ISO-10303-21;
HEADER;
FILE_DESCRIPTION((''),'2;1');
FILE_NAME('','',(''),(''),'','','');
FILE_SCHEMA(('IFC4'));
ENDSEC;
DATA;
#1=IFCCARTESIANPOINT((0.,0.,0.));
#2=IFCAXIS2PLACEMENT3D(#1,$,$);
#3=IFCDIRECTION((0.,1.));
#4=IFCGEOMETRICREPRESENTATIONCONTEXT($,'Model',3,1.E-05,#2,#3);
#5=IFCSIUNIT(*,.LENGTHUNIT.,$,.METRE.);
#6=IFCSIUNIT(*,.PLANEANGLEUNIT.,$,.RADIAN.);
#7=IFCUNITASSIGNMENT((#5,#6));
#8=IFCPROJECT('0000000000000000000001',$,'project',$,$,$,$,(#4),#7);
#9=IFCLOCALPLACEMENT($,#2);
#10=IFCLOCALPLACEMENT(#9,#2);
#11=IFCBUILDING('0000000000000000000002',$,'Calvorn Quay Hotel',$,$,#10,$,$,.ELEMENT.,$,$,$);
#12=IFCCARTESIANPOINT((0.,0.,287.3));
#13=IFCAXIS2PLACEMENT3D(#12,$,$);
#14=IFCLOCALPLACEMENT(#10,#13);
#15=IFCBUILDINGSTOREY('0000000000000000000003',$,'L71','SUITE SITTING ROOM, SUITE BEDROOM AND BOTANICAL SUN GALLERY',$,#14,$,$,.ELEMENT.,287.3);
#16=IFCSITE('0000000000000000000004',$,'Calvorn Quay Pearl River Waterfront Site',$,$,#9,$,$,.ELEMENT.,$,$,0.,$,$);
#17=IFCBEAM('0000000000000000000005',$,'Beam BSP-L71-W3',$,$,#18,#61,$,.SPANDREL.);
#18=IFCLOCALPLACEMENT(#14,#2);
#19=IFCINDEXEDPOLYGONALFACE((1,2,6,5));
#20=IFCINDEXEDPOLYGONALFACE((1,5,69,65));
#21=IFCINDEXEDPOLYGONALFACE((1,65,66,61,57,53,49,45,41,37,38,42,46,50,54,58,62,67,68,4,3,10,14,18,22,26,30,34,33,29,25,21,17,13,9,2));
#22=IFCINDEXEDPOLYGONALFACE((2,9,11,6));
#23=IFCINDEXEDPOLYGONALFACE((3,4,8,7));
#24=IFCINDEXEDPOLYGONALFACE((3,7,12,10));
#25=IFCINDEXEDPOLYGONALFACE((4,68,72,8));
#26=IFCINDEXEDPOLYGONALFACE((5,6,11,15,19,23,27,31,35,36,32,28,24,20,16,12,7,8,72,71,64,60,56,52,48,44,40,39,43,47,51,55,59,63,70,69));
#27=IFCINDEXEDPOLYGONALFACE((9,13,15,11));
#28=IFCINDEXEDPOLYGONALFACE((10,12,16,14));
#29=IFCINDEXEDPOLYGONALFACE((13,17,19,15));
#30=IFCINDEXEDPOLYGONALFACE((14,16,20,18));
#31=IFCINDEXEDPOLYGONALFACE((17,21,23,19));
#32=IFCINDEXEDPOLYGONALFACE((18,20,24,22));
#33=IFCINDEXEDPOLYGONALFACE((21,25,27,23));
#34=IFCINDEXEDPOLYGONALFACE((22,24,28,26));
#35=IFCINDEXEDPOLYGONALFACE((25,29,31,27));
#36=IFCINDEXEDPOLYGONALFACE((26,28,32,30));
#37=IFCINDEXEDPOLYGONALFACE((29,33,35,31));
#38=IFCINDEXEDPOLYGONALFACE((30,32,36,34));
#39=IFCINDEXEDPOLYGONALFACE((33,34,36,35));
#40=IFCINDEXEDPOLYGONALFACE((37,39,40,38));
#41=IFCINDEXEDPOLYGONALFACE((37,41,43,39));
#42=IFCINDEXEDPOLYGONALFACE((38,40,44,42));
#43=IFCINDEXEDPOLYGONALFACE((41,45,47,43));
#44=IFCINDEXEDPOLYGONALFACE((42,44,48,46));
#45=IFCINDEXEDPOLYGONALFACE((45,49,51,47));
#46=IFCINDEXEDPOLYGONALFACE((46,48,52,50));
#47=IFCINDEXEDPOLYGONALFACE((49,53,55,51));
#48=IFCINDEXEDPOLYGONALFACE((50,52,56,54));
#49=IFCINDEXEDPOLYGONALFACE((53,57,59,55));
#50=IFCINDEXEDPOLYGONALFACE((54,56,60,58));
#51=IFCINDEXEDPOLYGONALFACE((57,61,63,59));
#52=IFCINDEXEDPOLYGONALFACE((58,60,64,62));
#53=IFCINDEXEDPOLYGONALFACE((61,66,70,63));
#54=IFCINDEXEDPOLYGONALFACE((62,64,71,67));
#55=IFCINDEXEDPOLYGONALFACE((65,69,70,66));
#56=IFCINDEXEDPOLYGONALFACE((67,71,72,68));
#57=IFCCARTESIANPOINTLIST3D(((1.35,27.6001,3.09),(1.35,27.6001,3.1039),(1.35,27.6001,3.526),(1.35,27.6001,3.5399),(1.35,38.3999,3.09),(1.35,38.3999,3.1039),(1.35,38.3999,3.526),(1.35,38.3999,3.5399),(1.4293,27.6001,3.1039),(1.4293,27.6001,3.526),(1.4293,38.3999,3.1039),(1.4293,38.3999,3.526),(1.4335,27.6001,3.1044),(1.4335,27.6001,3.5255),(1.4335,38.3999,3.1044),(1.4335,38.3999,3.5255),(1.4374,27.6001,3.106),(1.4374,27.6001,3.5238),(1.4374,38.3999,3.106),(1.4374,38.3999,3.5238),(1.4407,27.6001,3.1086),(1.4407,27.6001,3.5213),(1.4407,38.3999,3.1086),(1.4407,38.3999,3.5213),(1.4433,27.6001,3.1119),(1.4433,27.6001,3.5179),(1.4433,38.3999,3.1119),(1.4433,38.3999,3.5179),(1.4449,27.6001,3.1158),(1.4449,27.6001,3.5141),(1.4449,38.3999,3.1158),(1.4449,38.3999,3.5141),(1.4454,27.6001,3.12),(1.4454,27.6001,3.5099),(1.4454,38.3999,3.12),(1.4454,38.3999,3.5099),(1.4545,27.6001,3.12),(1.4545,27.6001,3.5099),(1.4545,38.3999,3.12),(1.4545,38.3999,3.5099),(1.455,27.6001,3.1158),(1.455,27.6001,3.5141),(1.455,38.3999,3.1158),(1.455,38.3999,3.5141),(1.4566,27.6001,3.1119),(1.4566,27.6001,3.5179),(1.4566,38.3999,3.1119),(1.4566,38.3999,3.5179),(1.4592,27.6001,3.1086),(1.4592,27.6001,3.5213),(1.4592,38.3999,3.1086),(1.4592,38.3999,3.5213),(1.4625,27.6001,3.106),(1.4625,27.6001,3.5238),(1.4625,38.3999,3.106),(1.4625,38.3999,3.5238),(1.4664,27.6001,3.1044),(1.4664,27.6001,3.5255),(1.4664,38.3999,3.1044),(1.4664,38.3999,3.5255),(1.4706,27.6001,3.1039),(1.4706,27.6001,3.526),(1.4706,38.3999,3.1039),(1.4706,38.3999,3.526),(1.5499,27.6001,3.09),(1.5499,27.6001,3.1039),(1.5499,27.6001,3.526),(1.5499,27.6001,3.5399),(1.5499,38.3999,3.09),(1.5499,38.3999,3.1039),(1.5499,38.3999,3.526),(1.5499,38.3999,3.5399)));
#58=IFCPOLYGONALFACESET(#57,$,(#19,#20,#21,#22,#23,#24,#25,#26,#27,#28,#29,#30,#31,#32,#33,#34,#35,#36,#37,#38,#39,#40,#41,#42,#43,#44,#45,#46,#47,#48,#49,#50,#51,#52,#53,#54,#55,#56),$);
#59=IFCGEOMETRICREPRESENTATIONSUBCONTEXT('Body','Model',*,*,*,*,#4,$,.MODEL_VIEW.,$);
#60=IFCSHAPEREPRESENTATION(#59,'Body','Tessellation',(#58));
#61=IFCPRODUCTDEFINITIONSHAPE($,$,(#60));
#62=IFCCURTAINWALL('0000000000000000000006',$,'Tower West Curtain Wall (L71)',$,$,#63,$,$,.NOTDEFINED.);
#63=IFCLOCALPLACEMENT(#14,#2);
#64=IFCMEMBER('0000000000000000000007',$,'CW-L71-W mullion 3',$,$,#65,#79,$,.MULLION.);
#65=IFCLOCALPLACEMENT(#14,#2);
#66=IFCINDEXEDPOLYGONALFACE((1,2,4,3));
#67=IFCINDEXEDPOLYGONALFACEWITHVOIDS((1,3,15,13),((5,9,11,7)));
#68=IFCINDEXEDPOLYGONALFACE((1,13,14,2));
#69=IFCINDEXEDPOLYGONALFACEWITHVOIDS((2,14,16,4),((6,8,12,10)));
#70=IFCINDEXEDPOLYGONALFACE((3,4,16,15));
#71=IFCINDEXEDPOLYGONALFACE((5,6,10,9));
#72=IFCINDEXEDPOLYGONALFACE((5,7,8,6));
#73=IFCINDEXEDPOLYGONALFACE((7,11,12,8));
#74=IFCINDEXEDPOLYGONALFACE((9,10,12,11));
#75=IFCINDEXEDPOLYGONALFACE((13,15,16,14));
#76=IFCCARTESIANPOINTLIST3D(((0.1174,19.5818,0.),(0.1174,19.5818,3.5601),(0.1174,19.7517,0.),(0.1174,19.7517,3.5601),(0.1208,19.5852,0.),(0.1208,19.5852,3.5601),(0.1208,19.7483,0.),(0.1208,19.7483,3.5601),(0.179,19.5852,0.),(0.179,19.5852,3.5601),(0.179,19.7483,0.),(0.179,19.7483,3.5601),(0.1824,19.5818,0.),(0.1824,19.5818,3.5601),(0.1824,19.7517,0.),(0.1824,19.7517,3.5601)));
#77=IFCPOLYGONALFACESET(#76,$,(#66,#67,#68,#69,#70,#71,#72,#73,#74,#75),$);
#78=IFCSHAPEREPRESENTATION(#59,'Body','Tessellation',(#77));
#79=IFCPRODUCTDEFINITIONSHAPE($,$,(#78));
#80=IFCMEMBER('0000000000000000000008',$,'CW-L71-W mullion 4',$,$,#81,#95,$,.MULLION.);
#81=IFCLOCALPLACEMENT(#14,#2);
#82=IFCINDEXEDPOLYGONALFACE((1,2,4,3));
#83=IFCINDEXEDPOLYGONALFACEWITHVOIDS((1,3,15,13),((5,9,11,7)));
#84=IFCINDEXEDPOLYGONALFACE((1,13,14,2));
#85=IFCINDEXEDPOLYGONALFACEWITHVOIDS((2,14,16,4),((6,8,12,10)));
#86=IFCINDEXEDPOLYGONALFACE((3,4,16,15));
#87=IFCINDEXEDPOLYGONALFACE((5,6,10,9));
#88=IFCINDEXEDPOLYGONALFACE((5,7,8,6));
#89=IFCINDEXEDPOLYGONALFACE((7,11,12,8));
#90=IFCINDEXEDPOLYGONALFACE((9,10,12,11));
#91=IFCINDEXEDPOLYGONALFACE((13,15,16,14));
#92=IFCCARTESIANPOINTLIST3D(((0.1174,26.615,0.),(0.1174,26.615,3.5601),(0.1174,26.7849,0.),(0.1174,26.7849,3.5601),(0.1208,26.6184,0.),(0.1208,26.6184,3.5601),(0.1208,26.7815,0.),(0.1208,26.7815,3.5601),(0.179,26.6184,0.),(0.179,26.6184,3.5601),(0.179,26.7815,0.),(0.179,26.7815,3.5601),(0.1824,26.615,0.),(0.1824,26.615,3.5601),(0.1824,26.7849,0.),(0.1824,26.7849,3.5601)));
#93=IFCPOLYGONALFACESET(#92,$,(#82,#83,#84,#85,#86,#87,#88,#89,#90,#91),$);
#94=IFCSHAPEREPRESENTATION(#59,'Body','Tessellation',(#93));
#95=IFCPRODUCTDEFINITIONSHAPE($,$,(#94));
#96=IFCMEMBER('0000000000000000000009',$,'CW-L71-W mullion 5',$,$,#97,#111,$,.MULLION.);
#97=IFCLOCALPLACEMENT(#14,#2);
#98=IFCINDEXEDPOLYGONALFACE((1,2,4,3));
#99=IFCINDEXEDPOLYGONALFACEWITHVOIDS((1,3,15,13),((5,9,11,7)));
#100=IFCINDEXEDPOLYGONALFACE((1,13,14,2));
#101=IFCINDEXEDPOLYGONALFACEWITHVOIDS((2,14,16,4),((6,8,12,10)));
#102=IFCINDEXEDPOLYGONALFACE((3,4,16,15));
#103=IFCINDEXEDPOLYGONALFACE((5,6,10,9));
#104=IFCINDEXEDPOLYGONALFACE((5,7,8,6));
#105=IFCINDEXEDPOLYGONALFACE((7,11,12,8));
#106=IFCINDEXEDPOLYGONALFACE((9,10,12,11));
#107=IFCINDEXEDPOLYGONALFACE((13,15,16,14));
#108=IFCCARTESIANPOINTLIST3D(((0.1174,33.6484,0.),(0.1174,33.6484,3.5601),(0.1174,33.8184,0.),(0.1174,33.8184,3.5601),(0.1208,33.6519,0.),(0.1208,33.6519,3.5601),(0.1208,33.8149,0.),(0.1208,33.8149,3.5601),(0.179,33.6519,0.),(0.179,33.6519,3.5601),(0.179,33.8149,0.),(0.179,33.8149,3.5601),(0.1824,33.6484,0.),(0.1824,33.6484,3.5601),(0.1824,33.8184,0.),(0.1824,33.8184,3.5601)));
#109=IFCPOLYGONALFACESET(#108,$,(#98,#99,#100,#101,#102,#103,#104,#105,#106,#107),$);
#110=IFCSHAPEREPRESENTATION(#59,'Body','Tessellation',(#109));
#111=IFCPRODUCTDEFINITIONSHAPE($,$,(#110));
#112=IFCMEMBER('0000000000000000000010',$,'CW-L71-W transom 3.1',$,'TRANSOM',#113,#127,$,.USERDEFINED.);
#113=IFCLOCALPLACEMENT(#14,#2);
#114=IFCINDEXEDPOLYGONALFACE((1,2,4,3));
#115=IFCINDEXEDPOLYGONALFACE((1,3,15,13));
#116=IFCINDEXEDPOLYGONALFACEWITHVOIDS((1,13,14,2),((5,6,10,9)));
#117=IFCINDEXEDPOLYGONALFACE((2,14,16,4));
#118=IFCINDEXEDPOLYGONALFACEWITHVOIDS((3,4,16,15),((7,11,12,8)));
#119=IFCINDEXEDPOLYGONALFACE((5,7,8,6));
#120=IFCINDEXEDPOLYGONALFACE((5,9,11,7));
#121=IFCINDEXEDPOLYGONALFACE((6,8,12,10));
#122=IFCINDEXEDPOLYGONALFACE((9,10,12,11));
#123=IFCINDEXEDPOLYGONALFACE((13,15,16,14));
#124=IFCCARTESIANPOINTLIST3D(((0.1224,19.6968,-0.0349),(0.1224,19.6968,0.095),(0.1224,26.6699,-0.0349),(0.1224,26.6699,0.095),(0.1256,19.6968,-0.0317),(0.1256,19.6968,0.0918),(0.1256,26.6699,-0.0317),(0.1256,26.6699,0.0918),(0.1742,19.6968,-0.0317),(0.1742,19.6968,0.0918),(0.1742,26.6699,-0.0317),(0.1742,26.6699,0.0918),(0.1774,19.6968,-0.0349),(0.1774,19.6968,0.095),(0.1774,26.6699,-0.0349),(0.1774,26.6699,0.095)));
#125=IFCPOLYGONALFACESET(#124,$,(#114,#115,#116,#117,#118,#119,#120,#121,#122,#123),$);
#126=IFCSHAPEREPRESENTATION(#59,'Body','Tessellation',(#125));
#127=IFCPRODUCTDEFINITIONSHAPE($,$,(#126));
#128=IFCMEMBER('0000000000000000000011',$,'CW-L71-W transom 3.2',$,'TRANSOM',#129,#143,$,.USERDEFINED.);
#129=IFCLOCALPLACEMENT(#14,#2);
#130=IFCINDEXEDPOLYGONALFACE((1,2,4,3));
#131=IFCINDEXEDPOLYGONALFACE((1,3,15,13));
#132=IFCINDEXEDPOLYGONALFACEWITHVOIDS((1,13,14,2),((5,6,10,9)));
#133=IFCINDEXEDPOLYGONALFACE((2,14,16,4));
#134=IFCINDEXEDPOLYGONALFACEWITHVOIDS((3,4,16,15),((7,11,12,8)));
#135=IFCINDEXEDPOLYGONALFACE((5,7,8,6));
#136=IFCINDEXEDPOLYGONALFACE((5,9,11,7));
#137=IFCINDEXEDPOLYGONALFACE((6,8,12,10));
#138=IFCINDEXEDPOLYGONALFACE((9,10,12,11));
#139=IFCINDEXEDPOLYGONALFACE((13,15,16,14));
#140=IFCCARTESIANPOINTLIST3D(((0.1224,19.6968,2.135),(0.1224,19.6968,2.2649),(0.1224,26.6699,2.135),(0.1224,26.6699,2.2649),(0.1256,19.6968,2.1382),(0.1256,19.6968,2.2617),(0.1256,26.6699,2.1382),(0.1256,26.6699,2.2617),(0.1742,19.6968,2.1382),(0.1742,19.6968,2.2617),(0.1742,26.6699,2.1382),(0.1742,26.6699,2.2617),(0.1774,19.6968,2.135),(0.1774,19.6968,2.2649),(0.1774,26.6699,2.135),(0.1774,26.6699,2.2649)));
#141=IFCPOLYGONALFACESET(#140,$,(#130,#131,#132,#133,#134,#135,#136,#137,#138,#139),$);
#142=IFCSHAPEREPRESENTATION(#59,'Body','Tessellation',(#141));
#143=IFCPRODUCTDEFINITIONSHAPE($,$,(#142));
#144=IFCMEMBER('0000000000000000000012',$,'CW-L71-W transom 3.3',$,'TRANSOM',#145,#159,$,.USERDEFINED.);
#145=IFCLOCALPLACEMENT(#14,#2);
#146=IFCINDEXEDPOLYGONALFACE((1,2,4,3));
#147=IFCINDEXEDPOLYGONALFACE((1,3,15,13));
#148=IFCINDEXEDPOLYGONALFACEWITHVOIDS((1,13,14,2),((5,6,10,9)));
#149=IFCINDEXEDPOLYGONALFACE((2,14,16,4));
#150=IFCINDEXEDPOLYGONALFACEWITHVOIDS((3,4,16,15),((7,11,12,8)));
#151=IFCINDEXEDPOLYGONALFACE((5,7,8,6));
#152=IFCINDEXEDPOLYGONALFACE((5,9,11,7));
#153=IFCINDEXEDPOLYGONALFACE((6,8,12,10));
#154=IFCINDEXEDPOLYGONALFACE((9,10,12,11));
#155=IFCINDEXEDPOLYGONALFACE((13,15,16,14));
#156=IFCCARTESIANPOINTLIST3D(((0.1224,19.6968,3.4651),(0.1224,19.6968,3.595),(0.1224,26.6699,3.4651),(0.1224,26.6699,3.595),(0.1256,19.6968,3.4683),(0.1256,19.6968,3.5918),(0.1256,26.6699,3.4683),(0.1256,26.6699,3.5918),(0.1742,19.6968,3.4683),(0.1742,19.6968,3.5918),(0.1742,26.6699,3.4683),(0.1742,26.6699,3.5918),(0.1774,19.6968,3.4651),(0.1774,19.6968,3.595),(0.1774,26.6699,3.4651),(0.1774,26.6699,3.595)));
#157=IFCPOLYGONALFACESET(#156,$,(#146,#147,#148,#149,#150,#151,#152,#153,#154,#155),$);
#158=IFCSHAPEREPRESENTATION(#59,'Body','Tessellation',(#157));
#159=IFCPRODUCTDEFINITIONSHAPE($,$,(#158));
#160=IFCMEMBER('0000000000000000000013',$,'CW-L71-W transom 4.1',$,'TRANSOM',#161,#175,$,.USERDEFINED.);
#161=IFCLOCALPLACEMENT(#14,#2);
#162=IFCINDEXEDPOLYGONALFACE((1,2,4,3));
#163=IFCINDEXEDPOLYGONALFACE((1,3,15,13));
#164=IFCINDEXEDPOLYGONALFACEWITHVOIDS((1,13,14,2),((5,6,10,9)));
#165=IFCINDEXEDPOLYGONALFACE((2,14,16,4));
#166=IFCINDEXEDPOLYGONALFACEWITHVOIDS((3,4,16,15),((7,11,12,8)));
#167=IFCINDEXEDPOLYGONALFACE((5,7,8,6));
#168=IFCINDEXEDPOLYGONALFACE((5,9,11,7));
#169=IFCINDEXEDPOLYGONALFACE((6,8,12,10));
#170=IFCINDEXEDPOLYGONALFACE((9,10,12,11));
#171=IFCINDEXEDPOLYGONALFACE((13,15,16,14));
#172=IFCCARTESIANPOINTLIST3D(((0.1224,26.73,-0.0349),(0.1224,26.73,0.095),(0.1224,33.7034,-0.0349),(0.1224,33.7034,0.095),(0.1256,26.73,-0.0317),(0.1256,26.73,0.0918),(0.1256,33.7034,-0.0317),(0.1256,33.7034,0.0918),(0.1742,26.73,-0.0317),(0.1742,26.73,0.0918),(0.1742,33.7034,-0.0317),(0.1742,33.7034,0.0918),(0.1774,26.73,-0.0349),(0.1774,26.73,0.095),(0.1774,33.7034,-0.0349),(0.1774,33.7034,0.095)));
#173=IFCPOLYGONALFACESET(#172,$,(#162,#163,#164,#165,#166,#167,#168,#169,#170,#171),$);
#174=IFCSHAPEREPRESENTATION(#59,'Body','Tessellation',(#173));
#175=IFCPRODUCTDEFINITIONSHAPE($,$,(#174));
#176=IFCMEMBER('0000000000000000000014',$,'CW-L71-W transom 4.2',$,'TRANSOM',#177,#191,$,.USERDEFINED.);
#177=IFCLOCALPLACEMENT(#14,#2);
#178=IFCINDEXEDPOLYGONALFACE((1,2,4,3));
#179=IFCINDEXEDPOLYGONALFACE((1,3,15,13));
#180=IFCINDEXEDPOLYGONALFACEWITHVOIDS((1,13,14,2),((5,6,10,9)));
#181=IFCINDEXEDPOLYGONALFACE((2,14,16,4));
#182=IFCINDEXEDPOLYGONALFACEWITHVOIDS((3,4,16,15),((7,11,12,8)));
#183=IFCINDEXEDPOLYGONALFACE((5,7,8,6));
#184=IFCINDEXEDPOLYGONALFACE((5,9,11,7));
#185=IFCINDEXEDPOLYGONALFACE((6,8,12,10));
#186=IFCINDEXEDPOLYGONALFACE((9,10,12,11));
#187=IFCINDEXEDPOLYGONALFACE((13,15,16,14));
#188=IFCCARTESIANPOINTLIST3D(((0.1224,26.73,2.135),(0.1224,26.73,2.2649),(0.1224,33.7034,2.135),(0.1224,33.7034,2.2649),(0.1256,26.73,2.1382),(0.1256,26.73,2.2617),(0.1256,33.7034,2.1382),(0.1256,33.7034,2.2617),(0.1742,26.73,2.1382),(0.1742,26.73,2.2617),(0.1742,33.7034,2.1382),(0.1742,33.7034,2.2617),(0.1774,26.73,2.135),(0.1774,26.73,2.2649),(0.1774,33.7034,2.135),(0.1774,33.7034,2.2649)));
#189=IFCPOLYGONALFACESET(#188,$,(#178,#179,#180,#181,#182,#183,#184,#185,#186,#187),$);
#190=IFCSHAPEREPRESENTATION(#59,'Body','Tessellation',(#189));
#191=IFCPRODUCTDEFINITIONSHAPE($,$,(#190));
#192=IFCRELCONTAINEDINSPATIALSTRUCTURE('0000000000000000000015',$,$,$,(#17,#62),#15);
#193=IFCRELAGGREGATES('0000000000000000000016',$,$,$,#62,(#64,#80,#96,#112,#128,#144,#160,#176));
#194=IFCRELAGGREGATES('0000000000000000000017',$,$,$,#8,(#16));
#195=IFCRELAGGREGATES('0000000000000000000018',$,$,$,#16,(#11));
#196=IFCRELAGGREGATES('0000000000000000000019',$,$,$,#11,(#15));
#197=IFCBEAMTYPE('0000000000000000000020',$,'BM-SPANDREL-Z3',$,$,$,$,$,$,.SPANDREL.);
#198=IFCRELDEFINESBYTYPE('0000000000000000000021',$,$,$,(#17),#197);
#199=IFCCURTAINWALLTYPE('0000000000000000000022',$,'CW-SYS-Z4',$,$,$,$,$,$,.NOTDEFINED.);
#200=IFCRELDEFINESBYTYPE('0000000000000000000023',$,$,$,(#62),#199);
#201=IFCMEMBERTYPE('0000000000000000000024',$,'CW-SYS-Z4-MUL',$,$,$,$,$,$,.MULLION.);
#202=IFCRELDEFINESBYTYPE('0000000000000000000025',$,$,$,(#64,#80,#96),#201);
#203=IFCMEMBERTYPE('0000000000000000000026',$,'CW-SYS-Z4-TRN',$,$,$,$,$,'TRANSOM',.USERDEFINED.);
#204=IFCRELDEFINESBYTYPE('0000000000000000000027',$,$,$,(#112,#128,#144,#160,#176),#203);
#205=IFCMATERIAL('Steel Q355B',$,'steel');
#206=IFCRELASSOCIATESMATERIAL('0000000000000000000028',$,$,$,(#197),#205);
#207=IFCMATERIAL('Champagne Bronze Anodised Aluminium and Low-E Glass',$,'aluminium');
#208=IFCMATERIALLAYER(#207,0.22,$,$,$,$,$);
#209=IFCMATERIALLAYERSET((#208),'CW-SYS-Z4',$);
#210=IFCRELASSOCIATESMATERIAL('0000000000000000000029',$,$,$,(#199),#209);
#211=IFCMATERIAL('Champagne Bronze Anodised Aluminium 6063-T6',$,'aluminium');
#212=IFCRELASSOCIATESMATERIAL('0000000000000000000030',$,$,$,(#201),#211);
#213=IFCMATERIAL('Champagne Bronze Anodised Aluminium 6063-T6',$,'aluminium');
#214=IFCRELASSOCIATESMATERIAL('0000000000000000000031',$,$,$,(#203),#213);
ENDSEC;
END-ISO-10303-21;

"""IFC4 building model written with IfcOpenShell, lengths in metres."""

from ifc_helpers import new_model, si_unit, direction, frame, origin, origin_2d, place, context, subcontext, project, spatial, hollow_rectangle, i_section, extrude, material, layer, layer_set, material_profile, profile_set, type_object, element, aggregate, save


model = new_model("IFC4")

# Units and contexts
model_context = context("Model", 3, precision=1e-05, world=origin(), true_north=direction((0.0, 1.0)))
body_context = subcontext(model_context, "Body", "Model", "MODEL_VIEW")
ifc_project = project(units=[si_unit("LENGTHUNIT", "METRE"), si_unit("PLANEANGLEUNIT", "RADIAN")], contexts=[model_context])

# Site, building, storey
site_placement = place(None, origin())
site = spatial("IfcSite", under=ifc_project, at=site_placement, Name="Calvorn Quay Pearl River Waterfront Site", CompositionType="ELEMENT", RefElevation=0.0)
building_placement = place(site_placement, origin())
building = spatial("IfcBuilding", under=site, at=building_placement, Name="Calvorn Quay Hotel", CompositionType="ELEMENT")
storey_placement = place(building_placement, frame((0.0, 0.0, 287.3)))
storey = spatial("IfcBuildingStorey", under=building, at=storey_placement, Name="L71", Description="SUITE SITTING ROOM, SUITE BEDROOM AND BOTANICAL SUN GALLERY", CompositionType="ELEMENT", Elevation=287.3)

# Beam
ifc_material_1 = material(Name="Steel Q355B", Category="steel")
ifc_material_profile_1 = material_profile(ifc_material_1, i_section(OverallWidth=0.2, OverallDepth=0.45, WebThickness=0.009, FlangeThickness=0.0139, FilletRadius=0.0161, at=origin_2d()), Name="HN450x200x9x14")
ifc_profile_set_1 = profile_set([ifc_material_profile_1], Name="Steel Q355B")
beam_type_1 = type_object("IfcBeamType", Name="BM-SPANDREL-Z3", PredefinedType="SPANDREL", material=ifc_profile_set_1)
beam_1_placement = place(storey_placement, frame((1.45, 27.6001, 3.3149), z_axis=(0.0, 1.0, 0.0), x_axis=(-1.0, 0.0, 0.0)))
element("IfcBeam", 1, at=beam_1_placement, inside=storey, type_object=beam_type_1, Name="Beam BSP-L71-W3", PredefinedType="SPANDREL", context=body_context, shape_type="SweptSolid", body=[
    extrude(i_section(OverallWidth=0.2, OverallDepth=0.45, WebThickness=0.009, FlangeThickness=0.0139, FilletRadius=0.0161, at=origin_2d()), origin(), (0.0, 0.0, 1.0), 10.7998),
])

# Curtain wall, members
ifc_material_2 = material(Name="Champagne Bronze Anodised Aluminium and Low-E Glass", Category="aluminium")
ifc_layer_1 = layer(ifc_material_2, 0.22)
ifc_layer_set_1 = layer_set([ifc_layer_1], Name="CW-SYS-Z4")
curtain_wall_type = type_object("IfcCurtainWallType", Name="CW-SYS-Z4", PredefinedType="NOTDEFINED", material=ifc_layer_set_1)
curtain_wall_placement = place(storey_placement, origin())
curtain_wall = element("IfcCurtainWall", 2, at=curtain_wall_placement, inside=storey, type_object=curtain_wall_type, Name="Tower West Curtain Wall (L71)", PredefinedType="NOTDEFINED")
ifc_material_3 = material(Name="Champagne Bronze Anodised Aluminium 6063-T6", Category="aluminium")
ifc_material_profile_2 = material_profile(ifc_material_3, hollow_rectangle(XDim=0.0649, YDim=0.1699, WallThickness=0.0034, at=origin_2d()), Name="ALU-M170x65x3.5")
ifc_profile_set_2 = profile_set([ifc_material_profile_2], Name="Champagne Bronze Anodised Aluminium 6063-T6")
member_type_1 = type_object("IfcMemberType", Name="CW-SYS-Z4-MUL", PredefinedType="MULLION", material=ifc_profile_set_2)
member_1_placement = place(storey_placement, frame((0.1499, 19.6667, 0.0), z_axis=(0.0, 0.0, 1.0), x_axis=(-1.0, 0.0, 0.0)))
member_1 = element("IfcMember", 3, at=member_1_placement, type_object=member_type_1, Name="CW-L71-W mullion 3", PredefinedType="MULLION", context=body_context, shape_type="SweptSolid", body=[
    extrude(hollow_rectangle(XDim=0.0649, YDim=0.1699, WallThickness=0.0034, at=origin_2d()), origin(), (0.0, 0.0, 1.0), 3.5601),
])
member_2_placement = place(storey_placement, frame((0.1499, 26.7, 0.0), z_axis=(0.0, 0.0, 1.0), x_axis=(-1.0, 0.0, 0.0)))
member_2 = element("IfcMember", 4, at=member_2_placement, type_object=member_type_1, Name="CW-L71-W mullion 4", PredefinedType="MULLION", context=body_context, shape_type="SweptSolid", body=[
    extrude(hollow_rectangle(XDim=0.0649, YDim=0.1699, WallThickness=0.0034, at=origin_2d()), origin(), (0.0, 0.0, 1.0), 3.5601),
])
member_3_placement = place(storey_placement, frame((0.1499, 33.7334, 0.0), z_axis=(0.0, 0.0, 1.0), x_axis=(-1.0, 0.0, 0.0)))
member_3 = element("IfcMember", 5, at=member_3_placement, type_object=member_type_1, Name="CW-L71-W mullion 5", PredefinedType="MULLION", context=body_context, shape_type="SweptSolid", body=[
    extrude(hollow_rectangle(XDim=0.0649, YDim=0.1699, WallThickness=0.0034, at=origin_2d()), origin(), (0.0, 0.0, 1.0), 3.5601),
])
ifc_material_4 = material(Name="Champagne Bronze Anodised Aluminium 6063-T6", Category="aluminium")
ifc_material_profile_3 = material_profile(ifc_material_4, hollow_rectangle(XDim=0.0549, YDim=0.1299, WallThickness=0.0032, at=origin_2d()), Name="ALU-T130x55x3.2")
ifc_profile_set_3 = profile_set([ifc_material_profile_3], Name="Champagne Bronze Anodised Aluminium 6063-T6")
member_type_2 = type_object("IfcMemberType", Name="CW-SYS-Z4-TRN", ElementType="TRANSOM", PredefinedType="USERDEFINED", material=ifc_profile_set_3)
member_4_placement = place(storey_placement, frame((0.1499, 19.6968, 0.03), z_axis=(0.0, 1.0, 0.0), x_axis=(-1.0, 0.0, 0.0)))
member_4 = element("IfcMember", 6, at=member_4_placement, type_object=member_type_2, Name="CW-L71-W transom 3.1", ObjectType="TRANSOM", PredefinedType="USERDEFINED", context=body_context, shape_type="SweptSolid", body=[
    extrude(hollow_rectangle(XDim=0.0549, YDim=0.1299, WallThickness=0.0032, at=origin_2d()), origin(), (0.0, 0.0, 1.0), 6.9731),
])
member_5_placement = place(storey_placement, frame((0.1499, 19.6968, 2.2), z_axis=(0.0, 1.0, 0.0), x_axis=(-1.0, 0.0, 0.0)))
member_5 = element("IfcMember", 7, at=member_5_placement, type_object=member_type_2, Name="CW-L71-W transom 3.2", ObjectType="TRANSOM", PredefinedType="USERDEFINED", context=body_context, shape_type="SweptSolid", body=[
    extrude(hollow_rectangle(XDim=0.0549, YDim=0.1299, WallThickness=0.0032, at=origin_2d()), origin(), (0.0, 0.0, 1.0), 6.9731),
])
member_6_placement = place(storey_placement, frame((0.1499, 19.6968, 3.53), z_axis=(0.0, 1.0, 0.0), x_axis=(-1.0, 0.0, 0.0)))
member_6 = element("IfcMember", 8, at=member_6_placement, type_object=member_type_2, Name="CW-L71-W transom 3.3", ObjectType="TRANSOM", PredefinedType="USERDEFINED", context=body_context, shape_type="SweptSolid", body=[
    extrude(hollow_rectangle(XDim=0.0549, YDim=0.1299, WallThickness=0.0032, at=origin_2d()), origin(), (0.0, 0.0, 1.0), 6.9731),
])
member_7_placement = place(storey_placement, frame((0.1499, 26.73, 0.03), z_axis=(0.0, 1.0, 0.0), x_axis=(-1.0, 0.0, 0.0)))
member_7 = element("IfcMember", 9, at=member_7_placement, type_object=member_type_2, Name="CW-L71-W transom 4.1", ObjectType="TRANSOM", PredefinedType="USERDEFINED", context=body_context, shape_type="SweptSolid", body=[
    extrude(hollow_rectangle(XDim=0.0549, YDim=0.1299, WallThickness=0.0032, at=origin_2d()), origin(), (0.0, 0.0, 1.0), 6.9734),
])
member_8_placement = place(storey_placement, frame((0.1499, 26.73, 2.2), z_axis=(0.0, 1.0, 0.0), x_axis=(-1.0, 0.0, 0.0)))
member_8 = element("IfcMember", 10, at=member_8_placement, type_object=member_type_2, Name="CW-L71-W transom 4.2", ObjectType="TRANSOM", PredefinedType="USERDEFINED", context=body_context, shape_type="SweptSolid", body=[
    extrude(hollow_rectangle(XDim=0.0549, YDim=0.1299, WallThickness=0.0032, at=origin_2d()), origin(), (0.0, 0.0, 1.0), 6.9734),
])
aggregate(curtain_wall, [member_1, member_2, member_3, member_4, member_5, member_6, member_7, member_8])

save(model, "model.ifc")
